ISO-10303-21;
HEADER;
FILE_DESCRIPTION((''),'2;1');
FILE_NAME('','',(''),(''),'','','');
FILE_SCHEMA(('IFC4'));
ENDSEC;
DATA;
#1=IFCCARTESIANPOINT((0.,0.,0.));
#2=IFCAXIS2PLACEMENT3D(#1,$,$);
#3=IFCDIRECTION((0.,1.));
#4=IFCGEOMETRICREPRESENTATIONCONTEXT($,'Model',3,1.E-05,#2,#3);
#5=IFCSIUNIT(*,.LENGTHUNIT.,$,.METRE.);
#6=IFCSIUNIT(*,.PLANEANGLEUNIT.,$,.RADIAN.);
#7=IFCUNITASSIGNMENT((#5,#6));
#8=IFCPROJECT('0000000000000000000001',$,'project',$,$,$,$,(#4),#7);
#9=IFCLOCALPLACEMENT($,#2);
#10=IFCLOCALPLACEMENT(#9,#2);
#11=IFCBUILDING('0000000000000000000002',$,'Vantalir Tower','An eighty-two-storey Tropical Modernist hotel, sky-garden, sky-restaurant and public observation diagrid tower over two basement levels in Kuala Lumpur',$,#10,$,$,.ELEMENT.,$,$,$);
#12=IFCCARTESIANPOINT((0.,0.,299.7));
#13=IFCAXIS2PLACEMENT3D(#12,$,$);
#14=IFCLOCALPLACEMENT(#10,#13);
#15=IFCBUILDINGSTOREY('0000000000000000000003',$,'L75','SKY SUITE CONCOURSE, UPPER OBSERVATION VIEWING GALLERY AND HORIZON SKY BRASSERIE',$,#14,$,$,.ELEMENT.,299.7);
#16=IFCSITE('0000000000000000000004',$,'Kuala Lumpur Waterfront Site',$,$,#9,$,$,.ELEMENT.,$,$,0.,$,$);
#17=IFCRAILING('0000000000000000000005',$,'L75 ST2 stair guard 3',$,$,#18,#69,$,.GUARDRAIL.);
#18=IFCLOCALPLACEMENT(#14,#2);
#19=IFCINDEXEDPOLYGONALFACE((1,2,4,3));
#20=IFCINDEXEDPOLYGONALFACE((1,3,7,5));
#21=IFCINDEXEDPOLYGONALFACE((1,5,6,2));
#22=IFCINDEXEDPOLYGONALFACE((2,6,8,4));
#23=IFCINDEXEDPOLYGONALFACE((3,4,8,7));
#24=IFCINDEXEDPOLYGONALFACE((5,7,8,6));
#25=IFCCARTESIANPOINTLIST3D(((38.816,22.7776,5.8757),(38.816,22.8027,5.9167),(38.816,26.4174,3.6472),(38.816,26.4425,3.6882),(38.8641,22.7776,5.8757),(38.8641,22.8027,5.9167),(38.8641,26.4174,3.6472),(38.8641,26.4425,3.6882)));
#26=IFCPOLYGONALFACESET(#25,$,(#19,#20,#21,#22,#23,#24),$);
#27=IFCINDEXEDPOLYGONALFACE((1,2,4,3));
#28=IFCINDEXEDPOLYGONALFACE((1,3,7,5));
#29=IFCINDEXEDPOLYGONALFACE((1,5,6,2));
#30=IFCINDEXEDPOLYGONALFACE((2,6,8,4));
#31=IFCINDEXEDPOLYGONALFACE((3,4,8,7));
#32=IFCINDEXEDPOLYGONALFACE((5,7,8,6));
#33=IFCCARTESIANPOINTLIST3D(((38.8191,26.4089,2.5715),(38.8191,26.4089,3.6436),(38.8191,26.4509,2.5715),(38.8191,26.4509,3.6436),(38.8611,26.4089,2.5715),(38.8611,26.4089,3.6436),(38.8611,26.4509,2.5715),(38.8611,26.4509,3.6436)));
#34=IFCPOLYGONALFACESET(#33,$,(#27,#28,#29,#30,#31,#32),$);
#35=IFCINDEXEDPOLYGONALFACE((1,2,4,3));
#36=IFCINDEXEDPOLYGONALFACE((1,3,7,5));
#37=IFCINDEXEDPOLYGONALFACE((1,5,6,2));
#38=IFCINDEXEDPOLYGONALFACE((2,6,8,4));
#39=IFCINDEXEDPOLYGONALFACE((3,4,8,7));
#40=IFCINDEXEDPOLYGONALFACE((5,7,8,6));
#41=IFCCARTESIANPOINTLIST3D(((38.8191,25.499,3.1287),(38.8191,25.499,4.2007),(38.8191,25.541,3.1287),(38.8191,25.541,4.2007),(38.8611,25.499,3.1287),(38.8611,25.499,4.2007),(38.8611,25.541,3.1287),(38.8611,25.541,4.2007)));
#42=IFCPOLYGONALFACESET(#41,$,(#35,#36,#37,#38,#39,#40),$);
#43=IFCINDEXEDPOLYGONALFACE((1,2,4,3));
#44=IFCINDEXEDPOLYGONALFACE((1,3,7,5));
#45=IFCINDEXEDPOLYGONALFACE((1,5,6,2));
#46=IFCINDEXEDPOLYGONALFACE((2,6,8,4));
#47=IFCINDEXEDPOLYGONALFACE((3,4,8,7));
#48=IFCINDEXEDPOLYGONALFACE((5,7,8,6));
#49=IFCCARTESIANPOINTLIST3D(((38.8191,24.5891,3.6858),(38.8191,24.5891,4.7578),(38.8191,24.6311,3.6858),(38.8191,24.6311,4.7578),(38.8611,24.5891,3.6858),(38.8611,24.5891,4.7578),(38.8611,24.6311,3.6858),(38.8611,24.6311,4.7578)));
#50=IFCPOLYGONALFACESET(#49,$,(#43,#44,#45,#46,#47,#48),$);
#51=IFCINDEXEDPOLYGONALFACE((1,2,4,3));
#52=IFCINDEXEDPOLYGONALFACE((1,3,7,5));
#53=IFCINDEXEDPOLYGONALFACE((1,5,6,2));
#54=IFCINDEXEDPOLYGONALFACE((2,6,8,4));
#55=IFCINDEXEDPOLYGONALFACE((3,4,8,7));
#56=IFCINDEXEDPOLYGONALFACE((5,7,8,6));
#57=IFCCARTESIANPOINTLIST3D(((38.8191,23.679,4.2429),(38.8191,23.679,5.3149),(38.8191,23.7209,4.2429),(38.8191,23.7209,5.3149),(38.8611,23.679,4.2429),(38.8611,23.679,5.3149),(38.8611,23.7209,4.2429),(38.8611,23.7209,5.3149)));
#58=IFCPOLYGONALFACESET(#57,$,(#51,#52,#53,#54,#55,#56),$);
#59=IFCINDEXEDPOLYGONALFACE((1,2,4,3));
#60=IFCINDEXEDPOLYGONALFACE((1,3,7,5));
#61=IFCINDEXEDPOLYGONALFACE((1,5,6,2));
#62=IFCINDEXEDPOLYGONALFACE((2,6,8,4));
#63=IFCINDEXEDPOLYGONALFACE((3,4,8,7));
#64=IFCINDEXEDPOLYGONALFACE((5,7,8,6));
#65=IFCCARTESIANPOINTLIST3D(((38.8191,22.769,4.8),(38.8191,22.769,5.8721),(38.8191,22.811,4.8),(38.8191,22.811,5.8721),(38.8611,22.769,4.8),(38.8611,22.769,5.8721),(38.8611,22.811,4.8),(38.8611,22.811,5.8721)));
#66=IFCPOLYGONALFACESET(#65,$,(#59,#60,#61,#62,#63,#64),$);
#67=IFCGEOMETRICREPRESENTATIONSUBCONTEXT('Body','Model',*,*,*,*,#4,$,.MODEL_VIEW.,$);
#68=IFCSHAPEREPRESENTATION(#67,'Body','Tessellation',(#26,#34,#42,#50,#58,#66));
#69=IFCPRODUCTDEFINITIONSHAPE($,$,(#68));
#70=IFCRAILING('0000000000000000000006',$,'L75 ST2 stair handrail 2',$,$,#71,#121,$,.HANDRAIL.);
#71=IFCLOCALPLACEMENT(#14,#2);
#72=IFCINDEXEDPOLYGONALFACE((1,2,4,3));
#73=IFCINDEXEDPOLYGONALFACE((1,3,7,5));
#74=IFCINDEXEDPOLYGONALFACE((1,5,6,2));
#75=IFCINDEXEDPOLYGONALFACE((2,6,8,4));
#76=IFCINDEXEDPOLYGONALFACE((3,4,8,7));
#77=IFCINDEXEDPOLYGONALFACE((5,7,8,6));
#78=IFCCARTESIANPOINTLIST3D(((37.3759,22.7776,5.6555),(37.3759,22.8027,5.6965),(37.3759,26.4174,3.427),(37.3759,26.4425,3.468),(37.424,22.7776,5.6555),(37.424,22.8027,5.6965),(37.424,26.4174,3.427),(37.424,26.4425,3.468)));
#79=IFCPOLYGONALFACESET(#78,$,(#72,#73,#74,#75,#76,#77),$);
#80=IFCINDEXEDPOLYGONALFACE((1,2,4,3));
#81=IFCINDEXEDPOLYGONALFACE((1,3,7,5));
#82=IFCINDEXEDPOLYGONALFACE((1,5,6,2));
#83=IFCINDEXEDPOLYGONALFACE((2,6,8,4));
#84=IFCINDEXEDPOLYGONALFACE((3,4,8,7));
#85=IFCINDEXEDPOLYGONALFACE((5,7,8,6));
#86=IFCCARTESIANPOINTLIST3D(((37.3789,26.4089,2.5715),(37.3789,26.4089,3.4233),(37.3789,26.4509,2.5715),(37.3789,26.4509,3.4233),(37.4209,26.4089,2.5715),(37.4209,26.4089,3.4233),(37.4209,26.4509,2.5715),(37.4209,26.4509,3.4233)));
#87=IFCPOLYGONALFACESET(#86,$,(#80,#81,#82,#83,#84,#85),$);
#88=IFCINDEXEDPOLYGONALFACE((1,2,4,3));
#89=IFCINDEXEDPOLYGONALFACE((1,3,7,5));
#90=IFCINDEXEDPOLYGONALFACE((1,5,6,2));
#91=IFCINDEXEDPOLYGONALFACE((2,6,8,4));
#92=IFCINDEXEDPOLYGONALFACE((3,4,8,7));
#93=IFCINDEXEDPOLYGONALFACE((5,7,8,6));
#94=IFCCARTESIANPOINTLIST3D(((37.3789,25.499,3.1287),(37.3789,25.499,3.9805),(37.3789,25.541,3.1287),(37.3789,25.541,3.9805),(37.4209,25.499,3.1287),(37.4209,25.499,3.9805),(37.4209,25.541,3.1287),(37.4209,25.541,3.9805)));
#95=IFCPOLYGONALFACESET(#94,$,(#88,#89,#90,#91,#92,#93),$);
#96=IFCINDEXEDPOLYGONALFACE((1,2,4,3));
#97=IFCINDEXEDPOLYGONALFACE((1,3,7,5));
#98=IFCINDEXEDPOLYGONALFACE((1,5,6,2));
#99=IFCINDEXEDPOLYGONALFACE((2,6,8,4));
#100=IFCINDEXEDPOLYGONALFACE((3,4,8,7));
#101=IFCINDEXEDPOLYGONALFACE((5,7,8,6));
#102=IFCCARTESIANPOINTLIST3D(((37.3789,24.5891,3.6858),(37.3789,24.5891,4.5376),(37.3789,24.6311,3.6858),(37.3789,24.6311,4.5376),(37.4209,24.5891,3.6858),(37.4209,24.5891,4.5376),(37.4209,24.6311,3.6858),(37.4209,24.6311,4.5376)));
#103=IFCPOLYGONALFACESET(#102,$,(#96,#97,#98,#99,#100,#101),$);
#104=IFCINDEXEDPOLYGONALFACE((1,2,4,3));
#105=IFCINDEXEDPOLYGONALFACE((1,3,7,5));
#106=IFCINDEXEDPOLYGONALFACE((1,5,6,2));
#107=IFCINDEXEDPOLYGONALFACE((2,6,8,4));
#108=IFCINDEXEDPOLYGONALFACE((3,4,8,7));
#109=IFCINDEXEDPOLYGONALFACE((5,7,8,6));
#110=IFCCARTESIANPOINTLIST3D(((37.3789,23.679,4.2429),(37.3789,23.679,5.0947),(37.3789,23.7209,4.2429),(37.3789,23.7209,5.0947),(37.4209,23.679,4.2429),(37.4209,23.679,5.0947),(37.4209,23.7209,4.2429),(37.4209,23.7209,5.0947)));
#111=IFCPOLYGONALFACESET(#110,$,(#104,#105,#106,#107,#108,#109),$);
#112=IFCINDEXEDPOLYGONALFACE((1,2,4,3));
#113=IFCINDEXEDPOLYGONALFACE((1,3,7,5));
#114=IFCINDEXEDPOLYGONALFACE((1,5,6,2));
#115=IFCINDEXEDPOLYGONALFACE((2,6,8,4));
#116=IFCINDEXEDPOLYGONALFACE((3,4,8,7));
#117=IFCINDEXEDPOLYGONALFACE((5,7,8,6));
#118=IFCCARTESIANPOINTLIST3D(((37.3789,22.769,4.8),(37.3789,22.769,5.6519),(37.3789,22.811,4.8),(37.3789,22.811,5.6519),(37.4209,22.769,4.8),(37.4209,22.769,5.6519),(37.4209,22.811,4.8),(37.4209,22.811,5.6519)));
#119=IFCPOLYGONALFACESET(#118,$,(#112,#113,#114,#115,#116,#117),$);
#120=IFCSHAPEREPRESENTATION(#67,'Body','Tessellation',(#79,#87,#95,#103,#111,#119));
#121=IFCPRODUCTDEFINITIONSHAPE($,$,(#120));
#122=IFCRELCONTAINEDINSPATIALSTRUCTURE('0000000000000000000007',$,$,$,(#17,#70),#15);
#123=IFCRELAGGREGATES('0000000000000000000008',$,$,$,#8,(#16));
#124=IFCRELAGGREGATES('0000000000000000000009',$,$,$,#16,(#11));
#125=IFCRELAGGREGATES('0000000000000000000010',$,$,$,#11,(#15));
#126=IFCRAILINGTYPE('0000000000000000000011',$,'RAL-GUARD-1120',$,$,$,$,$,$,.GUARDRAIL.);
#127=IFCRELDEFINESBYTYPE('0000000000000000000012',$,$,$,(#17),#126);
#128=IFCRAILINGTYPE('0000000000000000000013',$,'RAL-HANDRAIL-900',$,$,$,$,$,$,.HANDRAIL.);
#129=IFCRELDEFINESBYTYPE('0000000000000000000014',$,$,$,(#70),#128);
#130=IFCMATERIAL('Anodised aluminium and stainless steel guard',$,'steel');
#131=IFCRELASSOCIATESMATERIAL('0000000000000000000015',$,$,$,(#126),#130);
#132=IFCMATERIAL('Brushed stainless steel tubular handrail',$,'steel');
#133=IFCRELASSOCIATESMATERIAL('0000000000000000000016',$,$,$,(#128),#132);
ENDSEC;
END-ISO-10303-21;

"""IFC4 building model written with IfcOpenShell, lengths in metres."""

from ifc_helpers import new_model, si_unit, direction, frame, origin, origin_2d, place, context, subcontext, project, spatial, rectangle, extrude, material, type_object, element, save


model = new_model("IFC4")

# Units and contexts
model_context = context("Model", 3, precision=1e-05, world=origin(), true_north=direction((0.0, 1.0)))
body_context = subcontext(model_context, "Body", "Model", "MODEL_VIEW")
ifc_project = project(units=[si_unit("LENGTHUNIT", "METRE"), si_unit("PLANEANGLEUNIT", "RADIAN")], contexts=[model_context])

# Site, building, storey
site_placement = place(None, origin())
site = spatial("IfcSite", under=ifc_project, at=site_placement, Name="Kuala Lumpur Waterfront Site", CompositionType="ELEMENT", RefElevation=0.0)
building_placement = place(site_placement, origin())
building = spatial("IfcBuilding", under=site, at=building_placement, Name="Vantalir Tower", Description="An eighty-two-storey Tropical Modernist hotel, sky-garden, sky-restaurant and public observation diagrid tower over two basement levels in Kuala Lumpur", CompositionType="ELEMENT")
storey_placement = place(building_placement, frame((0.0, 0.0, 299.7)))
storey = spatial("IfcBuildingStorey", under=building, at=storey_placement, Name="L75", Description="SKY SUITE CONCOURSE, UPPER OBSERVATION VIEWING GALLERY AND HORIZON SKY BRASSERIE", CompositionType="ELEMENT", Elevation=299.7)

# Railings
ifc_material_1 = material(Name="Anodised aluminium and stainless steel guard", Category="steel")
railing_type_1 = type_object("IfcRailingType", Name="RAL-GUARD-1120", PredefinedType="GUARDRAIL", material=ifc_material_1)
railing_1_placement = place(storey_placement, frame((38.8401, 26.4299, 2.5715)))
element("IfcRailing", 1, at=railing_1_placement, inside=storey, type_object=railing_type_1, Name="L75 ST2 stair guard 3", PredefinedType="GUARDRAIL", context=body_context, shape_type="SweptSolid", body=[
    extrude(rectangle(XDim=0.0481, YDim=0.0481, at=origin_2d()), frame((0.0, 0.0, 1.0962), z_axis=(0.0, -0.85285, 0.522156), x_axis=(1.0, 0.0, 0.0)), (0.0, 0.0, 1.0), 4.2678),
    extrude(rectangle(XDim=0.042, YDim=0.042, at=origin_2d()), origin(), (0.0, 0.0, 1.0), 1.072),
    extrude(rectangle(XDim=0.042, YDim=0.042, at=origin_2d()), frame((0.0, -0.9099, 0.5571)), (0.0, 0.0, 1.0), 1.072),
    extrude(rectangle(XDim=0.042, YDim=0.042, at=origin_2d()), frame((0.0, -1.8198, 1.1143)), (0.0, 0.0, 1.0), 1.072),
    extrude(rectangle(XDim=0.042, YDim=0.042, at=origin_2d()), frame((0.0, -2.73, 1.6714)), (0.0, 0.0, 1.0), 1.072),
    extrude(rectangle(XDim=0.042, YDim=0.042, at=origin_2d()), frame((0.0, -3.6399, 2.2285)), (0.0, 0.0, 1.0), 1.072),
])
ifc_material_2 = material(Name="Brushed stainless steel tubular handrail", Category="steel")
railing_type_2 = type_object("IfcRailingType", Name="RAL-HANDRAIL-900", PredefinedType="HANDRAIL", material=ifc_material_2)
railing_2_placement = place(storey_placement, frame((37.3999, 26.4299, 2.5715)))
element("IfcRailing", 2, at=railing_2_placement, inside=storey, type_object=railing_type_2, Name="L75 ST2 stair handrail 2", PredefinedType="HANDRAIL", context=body_context, shape_type="SweptSolid", body=[
    extrude(rectangle(XDim=0.0481, YDim=0.0481, at=origin_2d()), frame((0.0, 0.0, 0.876), z_axis=(0.0, -0.85285, 0.522156), x_axis=(1.0, 0.0, 0.0)), (0.0, 0.0, 1.0), 4.2678),
    extrude(rectangle(XDim=0.042, YDim=0.042, at=origin_2d()), origin(), (0.0, 0.0, 1.0), 0.8518),
    extrude(rectangle(XDim=0.042, YDim=0.042, at=origin_2d()), frame((0.0, -0.9099, 0.5571)), (0.0, 0.0, 1.0), 0.8518),
    extrude(rectangle(XDim=0.042, YDim=0.042, at=origin_2d()), frame((0.0, -1.8198, 1.1143)), (0.0, 0.0, 1.0), 0.8518),
    extrude(rectangle(XDim=0.042, YDim=0.042, at=origin_2d()), frame((0.0, -2.73, 1.6714)), (0.0, 0.0, 1.0), 0.8518),
    extrude(rectangle(XDim=0.042, YDim=0.042, at=origin_2d()), frame((0.0, -3.6399, 2.2285)), (0.0, 0.0, 1.0), 0.8518),
])

save(model, "model.ifc")
